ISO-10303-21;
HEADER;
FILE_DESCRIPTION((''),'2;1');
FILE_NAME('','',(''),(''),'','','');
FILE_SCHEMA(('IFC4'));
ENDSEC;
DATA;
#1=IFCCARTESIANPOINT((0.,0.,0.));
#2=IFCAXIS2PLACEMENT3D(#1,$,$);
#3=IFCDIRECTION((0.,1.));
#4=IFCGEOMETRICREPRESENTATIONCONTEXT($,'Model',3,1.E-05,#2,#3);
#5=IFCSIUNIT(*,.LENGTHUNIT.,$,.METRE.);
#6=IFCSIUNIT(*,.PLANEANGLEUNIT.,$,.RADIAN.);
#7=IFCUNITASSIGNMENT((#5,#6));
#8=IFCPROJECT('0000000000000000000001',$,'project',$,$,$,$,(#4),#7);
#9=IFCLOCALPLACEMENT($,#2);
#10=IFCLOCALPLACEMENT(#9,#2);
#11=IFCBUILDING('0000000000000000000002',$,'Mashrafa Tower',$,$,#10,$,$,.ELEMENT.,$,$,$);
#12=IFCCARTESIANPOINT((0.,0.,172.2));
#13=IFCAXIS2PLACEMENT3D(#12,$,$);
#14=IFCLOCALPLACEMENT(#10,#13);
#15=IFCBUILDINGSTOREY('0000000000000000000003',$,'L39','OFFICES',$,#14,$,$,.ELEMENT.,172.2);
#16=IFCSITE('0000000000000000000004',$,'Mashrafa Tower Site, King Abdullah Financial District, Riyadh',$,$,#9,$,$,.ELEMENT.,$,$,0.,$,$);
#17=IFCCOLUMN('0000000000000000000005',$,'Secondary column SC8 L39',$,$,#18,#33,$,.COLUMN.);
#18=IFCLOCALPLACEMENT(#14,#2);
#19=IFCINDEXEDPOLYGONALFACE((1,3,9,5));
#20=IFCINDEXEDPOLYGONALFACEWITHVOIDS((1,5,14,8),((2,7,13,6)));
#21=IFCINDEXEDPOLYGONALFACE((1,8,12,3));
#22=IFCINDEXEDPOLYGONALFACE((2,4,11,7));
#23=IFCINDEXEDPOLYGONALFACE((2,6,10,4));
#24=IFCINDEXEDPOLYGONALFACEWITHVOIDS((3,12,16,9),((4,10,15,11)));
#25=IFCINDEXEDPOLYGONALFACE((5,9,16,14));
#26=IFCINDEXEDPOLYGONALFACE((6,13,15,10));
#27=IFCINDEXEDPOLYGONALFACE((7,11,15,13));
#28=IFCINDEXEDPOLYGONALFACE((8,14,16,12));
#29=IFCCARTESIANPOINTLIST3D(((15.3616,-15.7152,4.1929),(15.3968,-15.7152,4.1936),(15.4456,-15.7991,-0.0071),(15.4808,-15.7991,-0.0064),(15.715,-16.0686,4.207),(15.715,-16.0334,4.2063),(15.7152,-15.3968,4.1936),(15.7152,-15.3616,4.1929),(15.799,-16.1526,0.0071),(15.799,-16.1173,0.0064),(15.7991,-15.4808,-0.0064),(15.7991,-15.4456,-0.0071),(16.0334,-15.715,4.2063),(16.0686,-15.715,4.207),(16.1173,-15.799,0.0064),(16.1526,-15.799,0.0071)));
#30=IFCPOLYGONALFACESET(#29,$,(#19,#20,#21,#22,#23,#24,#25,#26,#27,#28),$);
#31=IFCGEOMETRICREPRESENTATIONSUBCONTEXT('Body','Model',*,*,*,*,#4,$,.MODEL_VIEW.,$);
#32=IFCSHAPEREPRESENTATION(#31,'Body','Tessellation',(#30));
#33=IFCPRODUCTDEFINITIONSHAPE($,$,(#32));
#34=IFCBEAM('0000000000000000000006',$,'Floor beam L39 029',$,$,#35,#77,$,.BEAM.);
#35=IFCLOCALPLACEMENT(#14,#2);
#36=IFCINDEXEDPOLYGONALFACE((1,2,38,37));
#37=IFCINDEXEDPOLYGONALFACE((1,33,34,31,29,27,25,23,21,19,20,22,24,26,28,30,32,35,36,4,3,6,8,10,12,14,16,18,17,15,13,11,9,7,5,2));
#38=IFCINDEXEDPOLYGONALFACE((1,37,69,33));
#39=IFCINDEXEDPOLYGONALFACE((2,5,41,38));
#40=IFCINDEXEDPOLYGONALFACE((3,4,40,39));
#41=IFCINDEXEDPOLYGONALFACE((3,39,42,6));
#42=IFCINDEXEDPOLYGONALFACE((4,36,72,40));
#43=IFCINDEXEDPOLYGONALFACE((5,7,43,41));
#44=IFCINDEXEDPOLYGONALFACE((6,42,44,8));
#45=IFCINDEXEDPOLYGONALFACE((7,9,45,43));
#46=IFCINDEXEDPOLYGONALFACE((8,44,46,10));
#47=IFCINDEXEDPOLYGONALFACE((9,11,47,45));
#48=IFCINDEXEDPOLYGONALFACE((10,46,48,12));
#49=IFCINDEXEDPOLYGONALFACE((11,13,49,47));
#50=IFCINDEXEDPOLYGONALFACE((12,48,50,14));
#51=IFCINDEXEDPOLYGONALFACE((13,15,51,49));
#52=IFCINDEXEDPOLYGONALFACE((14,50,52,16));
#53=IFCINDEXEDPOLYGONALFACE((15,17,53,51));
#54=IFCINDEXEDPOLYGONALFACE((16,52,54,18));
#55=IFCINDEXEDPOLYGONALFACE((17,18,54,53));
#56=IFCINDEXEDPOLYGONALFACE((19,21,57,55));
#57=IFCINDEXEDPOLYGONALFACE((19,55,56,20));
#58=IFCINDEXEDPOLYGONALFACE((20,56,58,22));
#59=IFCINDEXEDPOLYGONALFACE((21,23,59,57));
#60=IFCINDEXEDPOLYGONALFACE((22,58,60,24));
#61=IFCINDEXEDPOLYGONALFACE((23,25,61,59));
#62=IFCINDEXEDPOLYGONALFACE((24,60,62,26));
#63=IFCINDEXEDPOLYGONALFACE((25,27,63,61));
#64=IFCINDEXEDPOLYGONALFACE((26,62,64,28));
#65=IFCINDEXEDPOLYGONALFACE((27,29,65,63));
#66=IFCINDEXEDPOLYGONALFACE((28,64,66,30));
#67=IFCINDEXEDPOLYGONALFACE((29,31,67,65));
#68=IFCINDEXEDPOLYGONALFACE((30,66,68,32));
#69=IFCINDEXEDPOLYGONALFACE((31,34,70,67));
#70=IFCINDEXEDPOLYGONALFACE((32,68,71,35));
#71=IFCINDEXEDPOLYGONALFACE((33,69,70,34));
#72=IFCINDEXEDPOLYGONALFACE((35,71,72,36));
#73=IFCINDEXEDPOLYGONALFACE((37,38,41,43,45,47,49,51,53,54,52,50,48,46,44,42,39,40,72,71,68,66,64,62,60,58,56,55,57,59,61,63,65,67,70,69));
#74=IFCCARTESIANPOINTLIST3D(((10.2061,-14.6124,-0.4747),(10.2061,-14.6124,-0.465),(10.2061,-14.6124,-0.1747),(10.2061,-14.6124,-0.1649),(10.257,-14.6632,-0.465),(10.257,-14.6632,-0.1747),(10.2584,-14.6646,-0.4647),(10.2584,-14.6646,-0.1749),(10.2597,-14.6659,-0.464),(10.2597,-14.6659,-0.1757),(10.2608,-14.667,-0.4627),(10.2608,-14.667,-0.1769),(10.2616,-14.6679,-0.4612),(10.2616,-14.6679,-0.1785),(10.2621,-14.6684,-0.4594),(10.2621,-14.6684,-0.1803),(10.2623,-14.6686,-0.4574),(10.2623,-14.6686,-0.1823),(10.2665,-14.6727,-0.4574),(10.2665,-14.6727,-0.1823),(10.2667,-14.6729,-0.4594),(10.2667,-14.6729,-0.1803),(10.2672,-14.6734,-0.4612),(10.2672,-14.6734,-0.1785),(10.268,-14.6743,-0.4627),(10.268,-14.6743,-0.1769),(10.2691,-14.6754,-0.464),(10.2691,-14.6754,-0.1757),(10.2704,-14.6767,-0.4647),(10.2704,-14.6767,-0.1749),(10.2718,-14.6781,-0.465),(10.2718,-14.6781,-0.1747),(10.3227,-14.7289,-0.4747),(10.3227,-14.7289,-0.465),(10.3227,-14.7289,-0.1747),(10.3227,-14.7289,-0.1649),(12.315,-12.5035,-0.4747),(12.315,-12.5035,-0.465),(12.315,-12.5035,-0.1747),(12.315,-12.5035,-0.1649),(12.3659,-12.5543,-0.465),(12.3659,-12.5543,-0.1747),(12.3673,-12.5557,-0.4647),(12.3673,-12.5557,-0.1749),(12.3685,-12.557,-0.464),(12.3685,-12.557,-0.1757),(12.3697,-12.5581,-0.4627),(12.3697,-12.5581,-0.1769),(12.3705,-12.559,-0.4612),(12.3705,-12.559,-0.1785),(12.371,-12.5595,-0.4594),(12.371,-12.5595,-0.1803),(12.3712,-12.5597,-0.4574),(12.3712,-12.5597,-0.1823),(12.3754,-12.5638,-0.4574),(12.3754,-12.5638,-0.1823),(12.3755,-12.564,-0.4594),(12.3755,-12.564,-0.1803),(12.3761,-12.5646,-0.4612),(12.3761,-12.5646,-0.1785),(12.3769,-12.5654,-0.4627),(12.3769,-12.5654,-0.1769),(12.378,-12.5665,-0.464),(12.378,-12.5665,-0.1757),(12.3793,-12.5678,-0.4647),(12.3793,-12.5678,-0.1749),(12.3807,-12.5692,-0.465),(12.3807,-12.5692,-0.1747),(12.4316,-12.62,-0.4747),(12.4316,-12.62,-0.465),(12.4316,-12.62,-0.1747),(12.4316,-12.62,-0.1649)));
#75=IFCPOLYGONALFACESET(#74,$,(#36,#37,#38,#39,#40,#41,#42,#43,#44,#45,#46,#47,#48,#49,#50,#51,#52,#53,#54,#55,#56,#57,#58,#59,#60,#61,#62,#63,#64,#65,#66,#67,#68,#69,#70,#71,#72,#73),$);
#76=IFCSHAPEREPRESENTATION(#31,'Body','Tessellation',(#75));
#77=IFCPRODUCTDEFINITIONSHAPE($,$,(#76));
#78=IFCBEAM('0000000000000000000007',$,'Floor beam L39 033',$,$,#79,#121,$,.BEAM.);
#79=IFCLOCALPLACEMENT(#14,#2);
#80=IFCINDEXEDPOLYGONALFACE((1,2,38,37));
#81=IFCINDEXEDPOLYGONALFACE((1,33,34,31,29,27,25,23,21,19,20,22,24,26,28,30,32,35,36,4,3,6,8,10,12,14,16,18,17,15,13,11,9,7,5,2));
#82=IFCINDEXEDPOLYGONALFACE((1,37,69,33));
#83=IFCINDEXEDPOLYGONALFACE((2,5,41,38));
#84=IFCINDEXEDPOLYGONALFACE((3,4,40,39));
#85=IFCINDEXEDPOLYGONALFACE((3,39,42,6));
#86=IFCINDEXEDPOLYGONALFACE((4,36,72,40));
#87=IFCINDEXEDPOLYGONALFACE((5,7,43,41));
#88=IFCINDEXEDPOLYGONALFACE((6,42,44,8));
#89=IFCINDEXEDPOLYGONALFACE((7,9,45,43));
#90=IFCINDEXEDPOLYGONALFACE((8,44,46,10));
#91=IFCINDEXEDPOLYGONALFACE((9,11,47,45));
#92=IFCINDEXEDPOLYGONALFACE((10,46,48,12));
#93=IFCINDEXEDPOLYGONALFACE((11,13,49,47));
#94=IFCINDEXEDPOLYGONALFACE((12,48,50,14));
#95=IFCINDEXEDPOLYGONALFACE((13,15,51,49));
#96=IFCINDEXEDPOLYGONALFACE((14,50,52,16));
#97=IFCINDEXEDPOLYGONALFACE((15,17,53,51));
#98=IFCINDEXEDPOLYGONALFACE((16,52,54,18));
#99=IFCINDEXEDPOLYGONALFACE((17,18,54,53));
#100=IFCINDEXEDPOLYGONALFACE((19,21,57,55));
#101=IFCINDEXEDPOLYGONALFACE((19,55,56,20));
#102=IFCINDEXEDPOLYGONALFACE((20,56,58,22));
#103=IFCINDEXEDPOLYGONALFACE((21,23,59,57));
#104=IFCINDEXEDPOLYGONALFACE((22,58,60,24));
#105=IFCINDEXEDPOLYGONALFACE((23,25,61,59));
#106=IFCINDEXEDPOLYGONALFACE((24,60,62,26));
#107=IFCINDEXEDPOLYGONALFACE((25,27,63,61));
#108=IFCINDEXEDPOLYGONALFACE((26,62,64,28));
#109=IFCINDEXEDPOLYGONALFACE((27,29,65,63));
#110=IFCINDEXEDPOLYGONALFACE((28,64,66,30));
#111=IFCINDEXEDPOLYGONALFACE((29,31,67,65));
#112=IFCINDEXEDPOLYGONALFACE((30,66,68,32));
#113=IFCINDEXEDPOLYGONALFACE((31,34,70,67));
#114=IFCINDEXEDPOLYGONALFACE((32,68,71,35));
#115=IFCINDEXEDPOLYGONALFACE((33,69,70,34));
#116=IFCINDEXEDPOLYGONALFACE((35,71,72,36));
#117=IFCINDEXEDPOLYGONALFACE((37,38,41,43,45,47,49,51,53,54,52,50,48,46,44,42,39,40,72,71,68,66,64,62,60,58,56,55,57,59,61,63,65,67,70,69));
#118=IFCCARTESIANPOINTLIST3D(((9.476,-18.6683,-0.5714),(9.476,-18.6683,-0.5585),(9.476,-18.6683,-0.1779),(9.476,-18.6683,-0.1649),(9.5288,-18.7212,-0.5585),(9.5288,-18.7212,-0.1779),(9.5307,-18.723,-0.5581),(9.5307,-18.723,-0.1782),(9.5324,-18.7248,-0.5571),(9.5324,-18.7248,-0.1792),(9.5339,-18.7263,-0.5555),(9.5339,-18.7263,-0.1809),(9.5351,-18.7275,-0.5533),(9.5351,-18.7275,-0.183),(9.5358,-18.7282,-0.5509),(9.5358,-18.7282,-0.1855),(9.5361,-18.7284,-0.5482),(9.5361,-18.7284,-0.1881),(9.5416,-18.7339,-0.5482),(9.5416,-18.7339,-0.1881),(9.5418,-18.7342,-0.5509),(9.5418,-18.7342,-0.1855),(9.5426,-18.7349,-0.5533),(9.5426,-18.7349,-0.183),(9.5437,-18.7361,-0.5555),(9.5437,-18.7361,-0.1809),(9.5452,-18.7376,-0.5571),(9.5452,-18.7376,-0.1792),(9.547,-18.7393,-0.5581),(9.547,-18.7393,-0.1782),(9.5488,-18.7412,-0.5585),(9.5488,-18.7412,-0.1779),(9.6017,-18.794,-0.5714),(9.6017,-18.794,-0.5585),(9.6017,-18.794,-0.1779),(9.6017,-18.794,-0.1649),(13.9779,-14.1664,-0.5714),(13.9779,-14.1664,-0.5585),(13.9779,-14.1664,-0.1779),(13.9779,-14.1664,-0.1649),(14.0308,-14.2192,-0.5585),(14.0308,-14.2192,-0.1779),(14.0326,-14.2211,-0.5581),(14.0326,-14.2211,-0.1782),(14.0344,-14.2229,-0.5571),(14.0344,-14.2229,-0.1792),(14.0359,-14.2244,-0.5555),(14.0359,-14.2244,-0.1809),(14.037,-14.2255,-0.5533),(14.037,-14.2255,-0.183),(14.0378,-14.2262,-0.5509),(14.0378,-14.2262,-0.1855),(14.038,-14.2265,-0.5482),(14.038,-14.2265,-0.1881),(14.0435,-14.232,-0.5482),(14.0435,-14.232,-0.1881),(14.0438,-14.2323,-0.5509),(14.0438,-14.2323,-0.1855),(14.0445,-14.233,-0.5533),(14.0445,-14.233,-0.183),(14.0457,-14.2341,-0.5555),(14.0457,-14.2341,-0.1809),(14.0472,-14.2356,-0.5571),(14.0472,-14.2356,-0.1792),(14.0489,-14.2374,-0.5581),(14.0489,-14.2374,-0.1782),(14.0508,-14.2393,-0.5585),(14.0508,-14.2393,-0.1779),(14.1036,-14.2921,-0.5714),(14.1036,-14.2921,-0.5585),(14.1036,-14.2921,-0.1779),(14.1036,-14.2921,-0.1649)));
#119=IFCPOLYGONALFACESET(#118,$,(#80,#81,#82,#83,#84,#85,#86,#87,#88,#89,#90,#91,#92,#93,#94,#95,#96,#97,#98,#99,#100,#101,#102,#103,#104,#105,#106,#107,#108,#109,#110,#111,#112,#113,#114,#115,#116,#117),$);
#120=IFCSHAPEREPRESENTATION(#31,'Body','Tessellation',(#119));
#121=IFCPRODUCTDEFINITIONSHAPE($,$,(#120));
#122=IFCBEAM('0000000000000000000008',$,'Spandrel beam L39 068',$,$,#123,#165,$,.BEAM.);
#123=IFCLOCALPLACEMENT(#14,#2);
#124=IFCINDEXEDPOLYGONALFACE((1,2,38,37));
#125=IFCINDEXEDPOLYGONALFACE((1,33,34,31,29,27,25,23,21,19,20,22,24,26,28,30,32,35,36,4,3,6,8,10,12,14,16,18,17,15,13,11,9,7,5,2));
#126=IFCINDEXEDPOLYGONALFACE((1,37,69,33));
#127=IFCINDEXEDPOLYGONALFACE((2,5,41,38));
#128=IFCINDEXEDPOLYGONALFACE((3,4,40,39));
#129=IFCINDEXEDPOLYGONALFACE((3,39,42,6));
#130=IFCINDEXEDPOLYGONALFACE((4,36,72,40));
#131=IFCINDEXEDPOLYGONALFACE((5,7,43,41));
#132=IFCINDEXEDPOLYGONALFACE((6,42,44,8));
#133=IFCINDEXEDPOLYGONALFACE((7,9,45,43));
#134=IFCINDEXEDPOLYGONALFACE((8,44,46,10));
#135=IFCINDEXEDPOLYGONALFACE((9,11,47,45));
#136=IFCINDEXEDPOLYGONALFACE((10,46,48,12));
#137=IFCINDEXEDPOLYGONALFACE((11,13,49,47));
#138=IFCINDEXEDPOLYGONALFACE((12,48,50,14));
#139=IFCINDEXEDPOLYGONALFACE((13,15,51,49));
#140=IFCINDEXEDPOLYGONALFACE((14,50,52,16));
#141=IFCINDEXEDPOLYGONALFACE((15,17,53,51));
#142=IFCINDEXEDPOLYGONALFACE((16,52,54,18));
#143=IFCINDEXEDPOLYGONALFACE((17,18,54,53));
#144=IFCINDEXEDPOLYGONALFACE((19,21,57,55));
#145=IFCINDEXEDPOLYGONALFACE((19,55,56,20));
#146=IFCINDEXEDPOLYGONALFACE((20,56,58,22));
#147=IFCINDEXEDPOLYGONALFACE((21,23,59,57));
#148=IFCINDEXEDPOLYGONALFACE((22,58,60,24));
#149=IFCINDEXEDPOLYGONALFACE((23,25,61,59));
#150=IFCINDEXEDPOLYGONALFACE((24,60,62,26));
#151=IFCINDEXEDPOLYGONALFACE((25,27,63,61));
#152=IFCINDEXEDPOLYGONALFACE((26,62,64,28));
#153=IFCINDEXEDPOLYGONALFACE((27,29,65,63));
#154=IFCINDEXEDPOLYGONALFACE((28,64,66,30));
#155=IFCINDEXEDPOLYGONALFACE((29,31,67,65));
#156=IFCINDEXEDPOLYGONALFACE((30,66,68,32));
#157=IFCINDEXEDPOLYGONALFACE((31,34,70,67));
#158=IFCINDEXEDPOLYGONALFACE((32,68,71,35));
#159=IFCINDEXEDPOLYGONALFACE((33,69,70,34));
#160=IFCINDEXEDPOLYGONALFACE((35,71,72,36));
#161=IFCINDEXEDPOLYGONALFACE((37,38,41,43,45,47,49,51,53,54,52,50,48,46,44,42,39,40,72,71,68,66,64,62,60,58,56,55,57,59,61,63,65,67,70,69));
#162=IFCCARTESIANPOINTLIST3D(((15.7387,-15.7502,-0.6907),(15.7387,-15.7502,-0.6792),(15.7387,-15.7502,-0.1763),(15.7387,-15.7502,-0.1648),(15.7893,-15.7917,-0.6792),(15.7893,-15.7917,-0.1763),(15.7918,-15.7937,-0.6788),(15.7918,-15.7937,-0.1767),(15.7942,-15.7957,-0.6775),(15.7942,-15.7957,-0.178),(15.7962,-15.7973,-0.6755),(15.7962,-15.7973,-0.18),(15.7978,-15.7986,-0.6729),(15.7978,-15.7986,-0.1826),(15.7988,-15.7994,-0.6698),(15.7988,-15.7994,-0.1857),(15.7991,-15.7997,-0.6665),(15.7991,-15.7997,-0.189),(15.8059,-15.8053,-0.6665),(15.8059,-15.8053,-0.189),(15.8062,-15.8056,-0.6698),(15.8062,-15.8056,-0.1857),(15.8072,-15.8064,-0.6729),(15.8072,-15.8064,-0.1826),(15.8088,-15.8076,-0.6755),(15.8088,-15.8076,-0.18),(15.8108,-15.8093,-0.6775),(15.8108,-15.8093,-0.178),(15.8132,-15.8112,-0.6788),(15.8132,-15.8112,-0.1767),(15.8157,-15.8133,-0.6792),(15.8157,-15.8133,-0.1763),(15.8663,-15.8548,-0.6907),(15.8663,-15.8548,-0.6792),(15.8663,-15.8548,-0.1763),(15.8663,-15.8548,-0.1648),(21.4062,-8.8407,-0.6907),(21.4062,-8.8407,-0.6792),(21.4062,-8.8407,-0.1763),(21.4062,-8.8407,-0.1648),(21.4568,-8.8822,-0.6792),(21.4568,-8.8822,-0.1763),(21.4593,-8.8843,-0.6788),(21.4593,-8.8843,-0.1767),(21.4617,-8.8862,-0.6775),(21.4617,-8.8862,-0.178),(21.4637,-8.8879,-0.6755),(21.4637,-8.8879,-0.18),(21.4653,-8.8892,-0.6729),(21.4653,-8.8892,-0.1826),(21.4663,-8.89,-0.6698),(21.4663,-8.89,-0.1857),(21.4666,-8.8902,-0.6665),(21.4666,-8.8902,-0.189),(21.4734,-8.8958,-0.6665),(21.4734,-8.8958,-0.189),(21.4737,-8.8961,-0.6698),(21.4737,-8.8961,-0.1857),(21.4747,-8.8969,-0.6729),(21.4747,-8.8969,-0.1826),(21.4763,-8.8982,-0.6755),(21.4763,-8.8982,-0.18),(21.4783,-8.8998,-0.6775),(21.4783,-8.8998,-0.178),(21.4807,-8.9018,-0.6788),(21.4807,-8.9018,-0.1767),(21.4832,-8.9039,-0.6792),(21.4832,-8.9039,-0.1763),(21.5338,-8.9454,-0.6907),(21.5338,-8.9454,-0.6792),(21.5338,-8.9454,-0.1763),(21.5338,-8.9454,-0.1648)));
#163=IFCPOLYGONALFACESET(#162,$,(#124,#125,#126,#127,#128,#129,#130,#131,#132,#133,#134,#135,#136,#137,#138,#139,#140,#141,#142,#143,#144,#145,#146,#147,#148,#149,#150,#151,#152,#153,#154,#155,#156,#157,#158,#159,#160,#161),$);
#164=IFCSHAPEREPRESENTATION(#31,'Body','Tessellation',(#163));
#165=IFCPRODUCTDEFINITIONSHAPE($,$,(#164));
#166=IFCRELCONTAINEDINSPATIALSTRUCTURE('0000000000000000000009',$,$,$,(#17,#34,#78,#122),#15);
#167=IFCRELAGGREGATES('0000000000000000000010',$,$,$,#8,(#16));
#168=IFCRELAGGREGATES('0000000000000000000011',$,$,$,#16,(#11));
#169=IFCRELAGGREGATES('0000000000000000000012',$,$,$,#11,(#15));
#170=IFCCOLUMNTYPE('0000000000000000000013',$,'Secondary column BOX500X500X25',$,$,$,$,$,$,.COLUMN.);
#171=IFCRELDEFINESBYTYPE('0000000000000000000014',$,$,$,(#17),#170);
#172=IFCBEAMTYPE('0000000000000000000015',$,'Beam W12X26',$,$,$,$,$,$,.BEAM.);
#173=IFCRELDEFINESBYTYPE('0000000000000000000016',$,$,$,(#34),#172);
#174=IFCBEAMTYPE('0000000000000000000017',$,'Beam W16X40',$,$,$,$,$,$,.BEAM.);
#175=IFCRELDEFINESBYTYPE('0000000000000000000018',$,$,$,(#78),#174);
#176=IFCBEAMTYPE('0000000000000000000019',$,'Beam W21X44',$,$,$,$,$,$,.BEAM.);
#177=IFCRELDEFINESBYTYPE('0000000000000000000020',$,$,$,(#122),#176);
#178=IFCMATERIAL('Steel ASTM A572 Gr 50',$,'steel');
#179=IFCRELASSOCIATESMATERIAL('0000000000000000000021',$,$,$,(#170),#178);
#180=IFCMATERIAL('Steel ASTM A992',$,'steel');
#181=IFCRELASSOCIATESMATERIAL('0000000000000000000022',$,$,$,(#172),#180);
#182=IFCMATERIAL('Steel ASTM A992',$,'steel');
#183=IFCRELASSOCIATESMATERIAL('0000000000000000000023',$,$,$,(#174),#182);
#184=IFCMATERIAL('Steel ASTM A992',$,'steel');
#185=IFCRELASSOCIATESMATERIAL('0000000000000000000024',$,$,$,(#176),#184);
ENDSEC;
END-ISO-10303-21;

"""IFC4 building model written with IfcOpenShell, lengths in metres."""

from ifc_helpers import new_model, si_unit, direction, frame, origin, origin_2d, place, context, subcontext, project, spatial, hollow_rectangle, i_section, extrude, material, material_profile, profile_set, type_object, element, save


model = new_model("IFC4")

# Units and contexts
model_context = context("Model", 3, precision=1e-05, world=origin(), true_north=direction((0.0, 1.0)))
body_context = subcontext(model_context, "Body", "Model", "MODEL_VIEW")
ifc_project = project(units=[si_unit("LENGTHUNIT", "METRE"), si_unit("PLANEANGLEUNIT", "RADIAN")], contexts=[model_context])

# Site, building, storey
site_placement = place(None, origin())
site = spatial("IfcSite", under=ifc_project, at=site_placement, Name="Mashrafa Tower Site, King Abdullah Financial District, Riyadh", CompositionType="ELEMENT", RefElevation=0.0)
building_placement = place(site_placement, origin())
building = spatial("IfcBuilding", under=site, at=building_placement, Name="Mashrafa Tower", CompositionType="ELEMENT")
storey_placement = place(building_placement, frame((0.0, 0.0, 172.2)))
storey = spatial("IfcBuildingStorey", under=building, at=storey_placement, Name="L39", Description="OFFICES", CompositionType="ELEMENT", Elevation=172.2)

# Column
ifc_material_1 = material(Name="Steel ASTM A572 Gr 50", Category="steel")
ifc_material_profile_1 = material_profile(ifc_material_1, hollow_rectangle(XDim=0.5, YDim=0.5, WallThickness=0.0249, at=origin_2d()), Name="BOX500X500X25")
ifc_profile_set_1 = profile_set([ifc_material_profile_1], Name="Steel ASTM A572 Gr 50")
column_type = type_object("IfcColumnType", Name="Secondary column BOX500X500X25", PredefinedType="COLUMN", material=ifc_profile_set_1)
column_placement = place(storey_placement, frame((15.7991, -15.7991, 0.0), z_axis=(-0.019989, 0.019989, 0.9996), x_axis=(-0.707107, -0.707107, 0.0)))
element("IfcColumn", 1, at=column_placement, inside=storey, type_object=column_type, Name="Secondary column SC8 L39", PredefinedType="COLUMN", context=body_context, shape_type="SweptSolid", body=[
    extrude(hollow_rectangle(XDim=0.5, YDim=0.5, WallThickness=0.0249, at=origin_2d()), origin(), (0.0, 0.0, 1.0), 4.2017),
])

# Beams
ifc_material_2 = material(Name="Steel ASTM A992", Category="steel")
ifc_material_profile_2 = material_profile(ifc_material_2, i_section(OverallWidth=0.1648, OverallDepth=0.3098, WebThickness=0.0059, FlangeThickness=0.0098, FilletRadius=0.0076, at=origin_2d()), Name="W12X26")
ifc_profile_set_2 = profile_set([ifc_material_profile_2], Name="Steel ASTM A992")
beam_type_1 = type_object("IfcBeamType", Name="Beam W12X26", PredefinedType="BEAM", material=ifc_profile_set_2)
beam_1_placement = place(storey_placement, frame((12.3733, -12.5618, -0.3198), z_axis=(-0.707107, -0.707107, 0.0), x_axis=(0.707107, -0.707107, 0.0)))
element("IfcBeam", 2, at=beam_1_placement, inside=storey, type_object=beam_type_1, Name="Floor beam L39 029", PredefinedType="BEAM", context=body_context, shape_type="SweptSolid", body=[
    extrude(i_section(OverallWidth=0.1648, OverallDepth=0.3098, WebThickness=0.0059, FlangeThickness=0.0098, FilletRadius=0.0076, at=origin_2d()), origin(), (0.0, 0.0, 1.0), 2.9824),
])
ifc_material_3 = material(Name="Steel ASTM A992", Category="steel")
ifc_material_profile_3 = material_profile(ifc_material_3, i_section(OverallWidth=0.1777, OverallDepth=0.4065, WebThickness=0.0078, FlangeThickness=0.0129, FilletRadius=0.0103, at=origin_2d()), Name="W16X40")
ifc_profile_set_3 = profile_set([ifc_material_profile_3], Name="Steel ASTM A992")
beam_type_2 = type_object("IfcBeamType", Name="Beam W16X40", PredefinedType="BEAM", material=ifc_profile_set_3)
beam_2_placement = place(storey_placement, frame((14.0408, -14.2292, -0.3682), z_axis=(-0.707107, -0.707107, 0.0), x_axis=(0.707107, -0.707107, 0.0)))
element("IfcBeam", 3, at=beam_2_placement, inside=storey, type_object=beam_type_2, Name="Floor beam L39 033", PredefinedType="BEAM", context=body_context, shape_type="SweptSolid", body=[
    extrude(i_section(OverallWidth=0.1777, OverallDepth=0.4065, WebThickness=0.0078, FlangeThickness=0.0129, FilletRadius=0.0103, at=origin_2d()), origin(), (0.0, 0.0, 1.0), 6.3667),
])
ifc_material_4 = material(Name="Steel ASTM A992", Category="steel")
ifc_material_profile_4 = material_profile(ifc_material_4, i_section(OverallWidth=0.165, OverallDepth=0.5259, WebThickness=0.0088, FlangeThickness=0.0115, FilletRadius=0.0127, at=origin_2d()), Name="W21X44")
ifc_profile_set_4 = profile_set([ifc_material_profile_4], Name="Steel ASTM A992")
beam_type_3 = type_object("IfcBeamType", Name="Beam W21X44", PredefinedType="BEAM", material=ifc_profile_set_4)
beam_3_placement = place(storey_placement, frame((15.8025, -15.8025, -0.4277), z_axis=(0.634197, 0.773172, 0.0), x_axis=(-0.773172, 0.634197, 0.0)))
element("IfcBeam", 4, at=beam_3_placement, inside=storey, type_object=beam_type_3, Name="Spandrel beam L39 068", PredefinedType="BEAM", context=body_context, shape_type="SweptSolid", body=[
    extrude(i_section(OverallWidth=0.165, OverallDepth=0.5259, WebThickness=0.0088, FlangeThickness=0.0115, FilletRadius=0.0127, at=origin_2d()), origin(), (0.0, 0.0, 1.0), 8.9365),
])

save(model, "model.ifc")
